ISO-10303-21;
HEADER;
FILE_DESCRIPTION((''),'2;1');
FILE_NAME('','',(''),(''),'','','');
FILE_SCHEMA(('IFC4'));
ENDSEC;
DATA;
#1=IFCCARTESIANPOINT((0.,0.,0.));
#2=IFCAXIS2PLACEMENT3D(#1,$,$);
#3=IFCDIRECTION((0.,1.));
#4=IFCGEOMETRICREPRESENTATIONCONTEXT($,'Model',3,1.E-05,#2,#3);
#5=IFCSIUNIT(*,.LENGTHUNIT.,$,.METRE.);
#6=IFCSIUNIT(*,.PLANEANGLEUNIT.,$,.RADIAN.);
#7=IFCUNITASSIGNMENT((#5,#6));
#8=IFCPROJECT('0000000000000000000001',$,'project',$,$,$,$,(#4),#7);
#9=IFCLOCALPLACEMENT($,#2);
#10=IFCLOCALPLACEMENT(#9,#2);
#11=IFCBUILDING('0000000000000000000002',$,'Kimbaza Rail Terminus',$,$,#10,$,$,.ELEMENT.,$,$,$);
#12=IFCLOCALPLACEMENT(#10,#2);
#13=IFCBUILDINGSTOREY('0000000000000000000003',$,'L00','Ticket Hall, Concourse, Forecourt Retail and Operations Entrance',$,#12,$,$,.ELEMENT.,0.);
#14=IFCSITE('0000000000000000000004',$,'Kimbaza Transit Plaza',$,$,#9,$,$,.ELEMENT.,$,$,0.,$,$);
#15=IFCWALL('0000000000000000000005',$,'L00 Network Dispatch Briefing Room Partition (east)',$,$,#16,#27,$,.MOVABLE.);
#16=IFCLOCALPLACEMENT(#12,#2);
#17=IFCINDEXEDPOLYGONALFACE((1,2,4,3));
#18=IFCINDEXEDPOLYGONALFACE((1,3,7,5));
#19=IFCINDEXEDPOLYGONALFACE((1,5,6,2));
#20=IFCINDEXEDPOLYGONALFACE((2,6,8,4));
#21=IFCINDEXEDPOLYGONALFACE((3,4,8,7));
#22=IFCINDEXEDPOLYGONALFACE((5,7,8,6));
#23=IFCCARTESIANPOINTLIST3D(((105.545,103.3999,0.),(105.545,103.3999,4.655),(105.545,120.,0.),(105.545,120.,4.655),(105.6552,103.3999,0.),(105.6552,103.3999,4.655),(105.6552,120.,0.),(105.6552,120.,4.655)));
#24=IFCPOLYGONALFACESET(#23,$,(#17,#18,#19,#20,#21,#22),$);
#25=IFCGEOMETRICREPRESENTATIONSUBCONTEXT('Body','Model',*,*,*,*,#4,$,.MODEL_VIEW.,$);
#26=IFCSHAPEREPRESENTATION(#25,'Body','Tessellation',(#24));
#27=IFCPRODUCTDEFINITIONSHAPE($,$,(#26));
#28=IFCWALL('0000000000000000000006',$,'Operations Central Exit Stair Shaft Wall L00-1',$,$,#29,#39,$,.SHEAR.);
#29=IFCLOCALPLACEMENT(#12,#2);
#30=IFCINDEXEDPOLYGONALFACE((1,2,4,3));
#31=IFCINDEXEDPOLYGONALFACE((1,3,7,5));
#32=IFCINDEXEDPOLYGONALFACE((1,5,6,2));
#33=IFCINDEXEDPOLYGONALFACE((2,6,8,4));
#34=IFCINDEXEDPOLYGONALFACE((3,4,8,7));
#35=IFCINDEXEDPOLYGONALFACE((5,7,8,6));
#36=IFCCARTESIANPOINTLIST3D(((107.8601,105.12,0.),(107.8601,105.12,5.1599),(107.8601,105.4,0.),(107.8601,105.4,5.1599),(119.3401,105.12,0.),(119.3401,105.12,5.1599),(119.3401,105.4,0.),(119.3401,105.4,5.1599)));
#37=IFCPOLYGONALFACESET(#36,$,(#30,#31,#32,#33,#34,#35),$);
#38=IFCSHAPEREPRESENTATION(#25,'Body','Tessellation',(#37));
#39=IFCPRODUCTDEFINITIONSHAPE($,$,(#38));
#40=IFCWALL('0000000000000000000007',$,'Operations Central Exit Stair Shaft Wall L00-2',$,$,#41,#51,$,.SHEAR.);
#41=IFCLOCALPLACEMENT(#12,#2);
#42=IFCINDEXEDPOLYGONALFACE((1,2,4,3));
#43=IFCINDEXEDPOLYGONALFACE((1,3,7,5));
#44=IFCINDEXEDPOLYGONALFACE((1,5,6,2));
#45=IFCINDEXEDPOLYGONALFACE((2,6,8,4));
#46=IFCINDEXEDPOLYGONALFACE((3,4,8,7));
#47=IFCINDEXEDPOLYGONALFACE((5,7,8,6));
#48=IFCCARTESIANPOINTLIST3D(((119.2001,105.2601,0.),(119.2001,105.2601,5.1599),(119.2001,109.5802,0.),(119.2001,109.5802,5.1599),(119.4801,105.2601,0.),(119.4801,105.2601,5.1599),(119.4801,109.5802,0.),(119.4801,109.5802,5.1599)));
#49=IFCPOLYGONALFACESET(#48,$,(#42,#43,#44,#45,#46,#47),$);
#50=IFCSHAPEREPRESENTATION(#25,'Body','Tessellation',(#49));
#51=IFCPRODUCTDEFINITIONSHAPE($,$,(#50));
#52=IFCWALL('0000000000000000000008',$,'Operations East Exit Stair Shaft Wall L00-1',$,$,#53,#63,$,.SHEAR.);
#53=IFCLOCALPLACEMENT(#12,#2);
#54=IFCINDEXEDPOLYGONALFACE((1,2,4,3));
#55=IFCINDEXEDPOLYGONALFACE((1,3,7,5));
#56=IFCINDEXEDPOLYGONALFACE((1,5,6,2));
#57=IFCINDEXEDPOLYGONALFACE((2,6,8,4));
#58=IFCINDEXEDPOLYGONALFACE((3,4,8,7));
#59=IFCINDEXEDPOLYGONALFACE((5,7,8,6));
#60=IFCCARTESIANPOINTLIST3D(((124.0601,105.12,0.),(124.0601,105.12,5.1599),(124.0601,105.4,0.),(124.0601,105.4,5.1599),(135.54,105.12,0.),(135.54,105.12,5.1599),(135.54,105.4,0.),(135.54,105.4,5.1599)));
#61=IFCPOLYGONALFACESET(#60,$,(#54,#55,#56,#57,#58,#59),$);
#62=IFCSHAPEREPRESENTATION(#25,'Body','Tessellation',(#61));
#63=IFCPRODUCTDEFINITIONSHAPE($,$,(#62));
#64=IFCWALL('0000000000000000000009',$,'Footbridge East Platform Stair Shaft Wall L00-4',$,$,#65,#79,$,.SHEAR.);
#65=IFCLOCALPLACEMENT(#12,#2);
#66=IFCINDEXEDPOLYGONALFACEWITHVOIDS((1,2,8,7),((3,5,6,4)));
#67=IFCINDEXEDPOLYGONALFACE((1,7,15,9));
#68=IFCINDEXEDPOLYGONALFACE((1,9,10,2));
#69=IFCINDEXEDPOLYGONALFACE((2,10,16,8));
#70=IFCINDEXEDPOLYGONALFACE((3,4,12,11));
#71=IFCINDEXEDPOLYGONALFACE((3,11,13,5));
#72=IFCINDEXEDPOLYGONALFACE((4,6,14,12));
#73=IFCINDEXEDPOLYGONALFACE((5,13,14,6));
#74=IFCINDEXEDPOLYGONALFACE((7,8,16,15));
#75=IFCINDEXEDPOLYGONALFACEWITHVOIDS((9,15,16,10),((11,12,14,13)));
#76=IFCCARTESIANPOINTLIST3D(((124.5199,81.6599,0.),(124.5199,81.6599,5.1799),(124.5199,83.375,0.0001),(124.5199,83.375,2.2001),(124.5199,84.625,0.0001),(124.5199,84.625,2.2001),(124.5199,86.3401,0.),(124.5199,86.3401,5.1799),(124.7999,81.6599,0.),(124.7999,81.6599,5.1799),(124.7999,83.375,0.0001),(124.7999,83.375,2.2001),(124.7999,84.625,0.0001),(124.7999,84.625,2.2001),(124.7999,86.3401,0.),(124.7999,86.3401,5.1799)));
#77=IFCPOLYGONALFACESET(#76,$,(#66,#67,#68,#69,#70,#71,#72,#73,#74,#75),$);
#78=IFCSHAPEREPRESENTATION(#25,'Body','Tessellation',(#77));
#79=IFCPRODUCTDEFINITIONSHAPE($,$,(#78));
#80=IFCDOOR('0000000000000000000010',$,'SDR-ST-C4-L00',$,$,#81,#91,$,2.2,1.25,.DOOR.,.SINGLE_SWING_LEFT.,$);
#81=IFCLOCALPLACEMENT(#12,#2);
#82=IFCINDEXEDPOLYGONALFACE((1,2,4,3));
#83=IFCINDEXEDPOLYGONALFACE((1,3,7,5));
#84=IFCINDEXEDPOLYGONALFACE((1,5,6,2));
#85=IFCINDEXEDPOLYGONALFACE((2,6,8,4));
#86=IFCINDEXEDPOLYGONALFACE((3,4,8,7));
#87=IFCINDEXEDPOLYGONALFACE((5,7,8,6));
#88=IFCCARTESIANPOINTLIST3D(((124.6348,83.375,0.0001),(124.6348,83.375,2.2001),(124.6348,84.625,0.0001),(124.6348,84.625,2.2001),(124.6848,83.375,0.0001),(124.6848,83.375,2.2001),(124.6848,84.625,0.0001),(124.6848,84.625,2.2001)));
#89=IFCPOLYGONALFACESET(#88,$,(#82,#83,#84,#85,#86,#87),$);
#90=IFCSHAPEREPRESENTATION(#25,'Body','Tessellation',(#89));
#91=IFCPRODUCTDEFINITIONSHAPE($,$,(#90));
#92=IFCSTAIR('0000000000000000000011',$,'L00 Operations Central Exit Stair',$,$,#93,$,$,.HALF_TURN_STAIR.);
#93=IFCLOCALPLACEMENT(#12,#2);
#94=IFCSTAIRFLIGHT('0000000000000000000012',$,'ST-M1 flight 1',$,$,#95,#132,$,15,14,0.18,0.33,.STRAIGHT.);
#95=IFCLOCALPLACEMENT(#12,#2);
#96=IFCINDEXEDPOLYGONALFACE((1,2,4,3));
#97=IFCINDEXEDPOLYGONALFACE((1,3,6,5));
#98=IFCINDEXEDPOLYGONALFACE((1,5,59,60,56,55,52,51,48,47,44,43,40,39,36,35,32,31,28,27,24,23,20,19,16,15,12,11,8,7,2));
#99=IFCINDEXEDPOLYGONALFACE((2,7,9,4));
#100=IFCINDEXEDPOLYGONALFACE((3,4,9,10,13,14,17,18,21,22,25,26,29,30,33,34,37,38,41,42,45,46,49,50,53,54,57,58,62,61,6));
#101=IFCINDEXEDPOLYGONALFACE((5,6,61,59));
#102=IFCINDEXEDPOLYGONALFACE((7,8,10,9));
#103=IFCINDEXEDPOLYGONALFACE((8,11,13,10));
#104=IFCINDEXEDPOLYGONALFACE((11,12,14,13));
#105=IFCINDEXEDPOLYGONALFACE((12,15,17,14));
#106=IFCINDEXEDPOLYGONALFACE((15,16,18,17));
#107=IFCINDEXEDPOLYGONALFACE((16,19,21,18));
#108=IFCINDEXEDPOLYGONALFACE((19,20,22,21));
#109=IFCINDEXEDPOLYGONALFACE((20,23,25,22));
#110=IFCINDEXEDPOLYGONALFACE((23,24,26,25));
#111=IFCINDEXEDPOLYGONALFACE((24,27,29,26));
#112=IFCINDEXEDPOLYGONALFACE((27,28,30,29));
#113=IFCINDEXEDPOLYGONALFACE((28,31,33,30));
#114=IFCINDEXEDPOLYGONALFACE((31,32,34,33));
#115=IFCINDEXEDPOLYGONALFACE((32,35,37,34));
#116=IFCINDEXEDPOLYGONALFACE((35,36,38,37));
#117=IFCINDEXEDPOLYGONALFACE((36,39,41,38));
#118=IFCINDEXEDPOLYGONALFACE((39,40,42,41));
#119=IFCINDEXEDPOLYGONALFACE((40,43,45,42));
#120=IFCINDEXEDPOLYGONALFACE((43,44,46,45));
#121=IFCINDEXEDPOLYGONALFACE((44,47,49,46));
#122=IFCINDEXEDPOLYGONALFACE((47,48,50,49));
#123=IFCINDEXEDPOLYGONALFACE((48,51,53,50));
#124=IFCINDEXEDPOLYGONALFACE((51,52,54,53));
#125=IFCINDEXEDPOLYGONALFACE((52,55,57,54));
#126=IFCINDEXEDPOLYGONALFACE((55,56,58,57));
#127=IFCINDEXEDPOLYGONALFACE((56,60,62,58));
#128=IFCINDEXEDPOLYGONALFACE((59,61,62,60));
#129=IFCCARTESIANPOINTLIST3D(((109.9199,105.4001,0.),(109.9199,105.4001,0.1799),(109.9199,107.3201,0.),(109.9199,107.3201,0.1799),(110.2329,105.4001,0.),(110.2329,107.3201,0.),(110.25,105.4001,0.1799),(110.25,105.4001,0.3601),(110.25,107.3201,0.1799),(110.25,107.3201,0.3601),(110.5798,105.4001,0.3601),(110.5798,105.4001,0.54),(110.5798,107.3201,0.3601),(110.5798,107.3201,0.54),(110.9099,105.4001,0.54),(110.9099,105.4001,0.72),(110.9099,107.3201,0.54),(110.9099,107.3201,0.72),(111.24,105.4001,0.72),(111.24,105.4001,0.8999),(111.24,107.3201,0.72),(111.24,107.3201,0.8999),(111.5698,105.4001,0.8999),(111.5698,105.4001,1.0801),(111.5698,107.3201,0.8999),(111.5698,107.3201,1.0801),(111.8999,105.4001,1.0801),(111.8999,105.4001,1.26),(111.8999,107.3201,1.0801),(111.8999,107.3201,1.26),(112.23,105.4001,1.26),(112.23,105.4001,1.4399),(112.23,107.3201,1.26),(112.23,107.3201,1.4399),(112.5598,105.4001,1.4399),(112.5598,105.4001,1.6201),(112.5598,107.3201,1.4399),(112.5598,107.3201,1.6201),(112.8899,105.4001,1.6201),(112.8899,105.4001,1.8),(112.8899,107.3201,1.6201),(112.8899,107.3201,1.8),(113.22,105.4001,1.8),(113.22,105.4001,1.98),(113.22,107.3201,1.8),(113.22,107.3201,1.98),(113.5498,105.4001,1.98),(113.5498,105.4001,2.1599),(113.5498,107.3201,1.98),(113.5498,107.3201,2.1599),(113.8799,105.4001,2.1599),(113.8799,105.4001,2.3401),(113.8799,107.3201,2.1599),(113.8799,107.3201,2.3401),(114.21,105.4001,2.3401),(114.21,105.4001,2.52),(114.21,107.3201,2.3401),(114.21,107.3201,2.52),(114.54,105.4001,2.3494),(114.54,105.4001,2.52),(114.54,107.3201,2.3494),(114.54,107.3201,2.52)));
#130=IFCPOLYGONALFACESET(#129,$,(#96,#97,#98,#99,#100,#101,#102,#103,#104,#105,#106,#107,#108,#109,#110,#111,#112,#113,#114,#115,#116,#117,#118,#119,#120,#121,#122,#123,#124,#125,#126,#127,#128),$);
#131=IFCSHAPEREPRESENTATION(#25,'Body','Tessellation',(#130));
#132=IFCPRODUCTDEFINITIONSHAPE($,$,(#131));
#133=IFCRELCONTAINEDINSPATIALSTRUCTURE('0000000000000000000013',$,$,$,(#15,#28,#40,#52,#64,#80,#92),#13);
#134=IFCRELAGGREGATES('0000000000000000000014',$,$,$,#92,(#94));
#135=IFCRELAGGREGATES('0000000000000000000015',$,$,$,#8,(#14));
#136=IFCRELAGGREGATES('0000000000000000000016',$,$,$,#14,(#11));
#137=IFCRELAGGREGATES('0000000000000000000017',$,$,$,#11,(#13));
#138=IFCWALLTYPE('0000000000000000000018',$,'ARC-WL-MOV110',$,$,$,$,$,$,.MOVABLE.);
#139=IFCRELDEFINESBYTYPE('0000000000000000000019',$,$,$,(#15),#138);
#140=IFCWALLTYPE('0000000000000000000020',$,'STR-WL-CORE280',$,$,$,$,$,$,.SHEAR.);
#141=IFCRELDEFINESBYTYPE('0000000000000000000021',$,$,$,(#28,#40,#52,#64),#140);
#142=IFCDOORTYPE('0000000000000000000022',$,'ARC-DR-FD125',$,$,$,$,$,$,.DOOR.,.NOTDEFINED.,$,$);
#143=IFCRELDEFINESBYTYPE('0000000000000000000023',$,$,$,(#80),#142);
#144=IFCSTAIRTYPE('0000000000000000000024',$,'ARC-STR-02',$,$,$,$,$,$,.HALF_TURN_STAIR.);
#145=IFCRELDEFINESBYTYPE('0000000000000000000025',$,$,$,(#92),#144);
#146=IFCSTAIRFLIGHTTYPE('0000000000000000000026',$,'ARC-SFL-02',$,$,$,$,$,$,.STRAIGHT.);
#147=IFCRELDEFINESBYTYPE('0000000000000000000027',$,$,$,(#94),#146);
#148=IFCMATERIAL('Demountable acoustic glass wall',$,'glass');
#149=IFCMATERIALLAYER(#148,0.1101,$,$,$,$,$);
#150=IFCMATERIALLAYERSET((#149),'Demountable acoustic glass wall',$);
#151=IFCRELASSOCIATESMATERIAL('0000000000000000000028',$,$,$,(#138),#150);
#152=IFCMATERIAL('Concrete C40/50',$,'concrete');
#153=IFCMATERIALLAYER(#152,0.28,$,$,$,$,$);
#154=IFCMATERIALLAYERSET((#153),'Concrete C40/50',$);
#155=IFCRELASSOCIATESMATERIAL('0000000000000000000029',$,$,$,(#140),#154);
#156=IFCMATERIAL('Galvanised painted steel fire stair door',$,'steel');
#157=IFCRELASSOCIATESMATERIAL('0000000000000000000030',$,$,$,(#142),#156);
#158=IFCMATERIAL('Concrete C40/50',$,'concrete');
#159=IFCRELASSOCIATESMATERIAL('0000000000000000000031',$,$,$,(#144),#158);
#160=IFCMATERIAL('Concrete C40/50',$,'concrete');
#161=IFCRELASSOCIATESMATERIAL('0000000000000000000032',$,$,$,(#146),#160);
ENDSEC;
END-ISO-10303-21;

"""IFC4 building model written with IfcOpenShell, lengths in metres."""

from ifc_helpers import new_model, si_unit, direction, frame, frame_2d, origin, place, context, subcontext, project, spatial, polyline, rectangle, outline, extrude, material, layer, layer_set, type_object, element, fill, aggregate, save


model = new_model("IFC4")

# Units and contexts
model_context = context("Model", 3, precision=1e-05, world=origin(), true_north=direction((0.0, 1.0)))
body_context = subcontext(model_context, "Body", "Model", "MODEL_VIEW")
ifc_project = project(units=[si_unit("LENGTHUNIT", "METRE"), si_unit("PLANEANGLEUNIT", "RADIAN")], contexts=[model_context])

# Site, building, storey
site_placement = place(None, origin())
site = spatial("IfcSite", under=ifc_project, at=site_placement, Name="Kimbaza Transit Plaza", CompositionType="ELEMENT", RefElevation=0.0)
building_placement = place(site_placement, origin())
building = spatial("IfcBuilding", under=site, at=building_placement, Name="Kimbaza Rail Terminus", CompositionType="ELEMENT")
storey_placement = place(building_placement, origin())
storey = spatial("IfcBuildingStorey", under=building, at=storey_placement, Name="L00", Description="Ticket Hall, Concourse, Forecourt Retail and Operations Entrance", CompositionType="ELEMENT", Elevation=0.0)

# Walls
ifc_material_1 = material(Name="Demountable acoustic glass wall", Category="glass")
ifc_layer_1 = layer(ifc_material_1, 0.1101)
ifc_layer_set_1 = layer_set([ifc_layer_1], Name="Demountable acoustic glass wall")
wall_type_1 = type_object("IfcWallType", Name="ARC-WL-MOV110", PredefinedType="MOVABLE", material=ifc_layer_set_1)
wall_1_placement = place(storey_placement, frame((105.6001, 103.3999, 0.0), z_axis=(0.0, 0.0, 1.0), x_axis=(0.0, 1.0, 0.0)))
element("IfcWall", 1, at=wall_1_placement, inside=storey, type_object=wall_type_1, Name="L00 Network Dispatch Briefing Room Partition (east)", PredefinedType="MOVABLE", context=body_context, shape_type="SweptSolid", body=[
    extrude(rectangle(XDim=16.6001, YDim=0.1101, at=frame_2d((8.3, 0.0))), origin(), (0.0, 0.0, 1.0), 4.655),
])
ifc_material_2 = material(Name="Concrete C40/50", Category="concrete")
ifc_layer_2 = layer(ifc_material_2, 0.28)
ifc_layer_set_2 = layer_set([ifc_layer_2], Name="Concrete C40/50")
wall_type_2 = type_object("IfcWallType", Name="STR-WL-CORE280", PredefinedType="SHEAR", material=ifc_layer_set_2)
wall_2_placement = place(storey_placement, frame((107.8601, 105.26, 0.0), z_axis=(0.0, 0.0, 1.0), x_axis=(1.0, 0.0, 0.0)))
element("IfcWall", 2, at=wall_2_placement, inside=storey, type_object=wall_type_2, Name="Operations Central Exit Stair Shaft Wall L00-1", PredefinedType="SHEAR", context=body_context, shape_type="SweptSolid", body=[
    extrude(rectangle(XDim=11.48, YDim=0.28, at=frame_2d((5.74, 0.0))), origin(), (0.0, 0.0, 1.0), 5.1599),
])
wall_3_placement = place(storey_placement, frame((119.3401, 105.26, 0.0), z_axis=(0.0, 0.0, 1.0), x_axis=(0.0, 1.0, 0.0)))
element("IfcWall", 3, at=wall_3_placement, inside=storey, type_object=wall_type_2, Name="Operations Central Exit Stair Shaft Wall L00-2", PredefinedType="SHEAR", context=body_context, shape_type="SweptSolid", body=[
    extrude(rectangle(XDim=4.3201, YDim=0.28, at=frame_2d((2.1602, 0.0))), origin(), (0.0, 0.0, 1.0), 5.1599),
])
wall_4_placement = place(storey_placement, frame((124.0601, 105.26, 0.0), z_axis=(0.0, 0.0, 1.0), x_axis=(1.0, 0.0, 0.0)))
element("IfcWall", 4, at=wall_4_placement, inside=storey, type_object=wall_type_2, Name="Operations East Exit Stair Shaft Wall L00-1", PredefinedType="SHEAR", context=body_context, shape_type="SweptSolid", body=[
    extrude(rectangle(XDim=11.48, YDim=0.28, at=frame_2d((5.74, 0.0))), origin(), (0.0, 0.0, 1.0), 5.1599),
])

# Wall, opening, door
wall_5_placement = place(storey_placement, frame((124.6599, 86.3401, 0.0), z_axis=(0.0, 0.0, 1.0), x_axis=(0.0, -1.0, 0.0)))
wall_5 = element("IfcWall", 5, at=wall_5_placement, inside=storey, type_object=wall_type_2, Name="Footbridge East Platform Stair Shaft Wall L00-4", PredefinedType="SHEAR", context=body_context, shape_type="SweptSolid", body=[
    extrude(rectangle(XDim=4.6802, YDim=0.28, at=frame_2d((2.3401, 0.0))), origin(), (0.0, 0.0, 1.0), 5.1799),
])
opening_placement = place(wall_5_placement, frame((1.7151, 0.0, 0.0)))
opening = element("IfcOpeningElement", 6, at=opening_placement, cuts=wall_5, PredefinedType="OPENING", context=body_context, shape_type="SweptSolid", body=[
    extrude(rectangle(XDim=1.25, YDim=2.2, at=frame_2d((0.625, 1.1001))), frame((0.0, 0.1499, 0.0), z_axis=(0.0, -1.0, 0.0), x_axis=(1.0, 0.0, 0.0)), (0.0, 0.0, 1.0), 0.3),
])
ifc_material_3 = material(Name="Galvanised painted steel fire stair door", Category="steel")
door_type = type_object("IfcDoorType", Name="ARC-DR-FD125", OperationType="NOTDEFINED", PredefinedType="DOOR", material=ifc_material_3)
door_placement = place(opening_placement, origin())
door = element("IfcDoor", 7, at=door_placement, inside=storey, type_object=door_type, Name="SDR-ST-C4-L00", OperationType="SINGLE_SWING_LEFT", OverallHeight=2.2, OverallWidth=1.25, PredefinedType="DOOR", context=body_context, shape_type="SweptSolid", body=[
    extrude(rectangle(XDim=1.25, YDim=2.2, at=frame_2d((0.625, 1.1001))), frame((0.0, 0.0249, 0.0), z_axis=(0.0, -1.0, 0.0), x_axis=(1.0, 0.0, 0.0)), (0.0, 0.0, 1.0), 0.05),
])
fill(opening, door)

# Stair, stair flight
ifc_material_4 = material(Name="Concrete C40/50", Category="concrete")
stair_type = type_object("IfcStairType", Name="ARC-STR-02", PredefinedType="HALF_TURN_STAIR", material=ifc_material_4)
stair_placement = place(storey_placement, origin())
stair = element("IfcStair", 8, at=stair_placement, inside=storey, type_object=stair_type, Name="L00 Operations Central Exit Stair", PredefinedType="HALF_TURN_STAIR")
ifc_material_5 = material(Name="Concrete C40/50", Category="concrete")
stair_flight_type = type_object("IfcStairFlightType", Name="ARC-SFL-02", PredefinedType="STRAIGHT", material=ifc_material_5)
stair_flight_placement = place(storey_placement, frame((109.9199, 106.3601, 0.0), z_axis=(0.0, 0.0, 1.0), x_axis=(1.0, 0.0, 0.0)))
stair_flight = element("IfcStairFlight", 9, at=stair_flight_placement, type_object=stair_flight_type, Name="ST-M1 flight 1", NumberOfRisers=15, NumberOfTreads=14, PredefinedType="STRAIGHT", RiserHeight=0.18, TreadLength=0.33, context=body_context, shape_type="SweptSolid", body=[
    extrude(outline(polyline([(0.0, 0.0), (0.0, 0.1799), (0.3301, 0.1799), (0.3301, 0.3601), (0.6599, 0.3601), (0.6599, 0.54), (0.99, 0.54), (0.99, 0.72), (1.3201, 0.72), (1.3201, 0.8999), (1.6499, 0.8999), (1.6499, 1.0801), (1.98, 1.0801), (1.98, 1.26), (2.3101, 1.26), (2.3101, 1.4399), (2.6399, 1.4399), (2.6399, 1.6201), (2.97, 1.6201), (2.97, 1.8), (3.3, 1.8), (3.3, 1.98), (3.6299, 1.98), (3.6299, 2.1599), (3.96, 2.1599), (3.96, 2.3401), (4.29, 2.3401), (4.29, 2.52), (4.6201, 2.52), (4.6201, 2.7), (4.6201, 2.3494), (0.313, 0.0), (0.0, 0.0)])), frame((0.0, 0.96, 0.0), z_axis=(0.0, -1.0, 0.0), x_axis=(1.0, 0.0, 0.0)), (0.0, 0.0, 1.0), 1.9199),
])
aggregate(stair, [stair_flight])

save(model, "model.ifc")
